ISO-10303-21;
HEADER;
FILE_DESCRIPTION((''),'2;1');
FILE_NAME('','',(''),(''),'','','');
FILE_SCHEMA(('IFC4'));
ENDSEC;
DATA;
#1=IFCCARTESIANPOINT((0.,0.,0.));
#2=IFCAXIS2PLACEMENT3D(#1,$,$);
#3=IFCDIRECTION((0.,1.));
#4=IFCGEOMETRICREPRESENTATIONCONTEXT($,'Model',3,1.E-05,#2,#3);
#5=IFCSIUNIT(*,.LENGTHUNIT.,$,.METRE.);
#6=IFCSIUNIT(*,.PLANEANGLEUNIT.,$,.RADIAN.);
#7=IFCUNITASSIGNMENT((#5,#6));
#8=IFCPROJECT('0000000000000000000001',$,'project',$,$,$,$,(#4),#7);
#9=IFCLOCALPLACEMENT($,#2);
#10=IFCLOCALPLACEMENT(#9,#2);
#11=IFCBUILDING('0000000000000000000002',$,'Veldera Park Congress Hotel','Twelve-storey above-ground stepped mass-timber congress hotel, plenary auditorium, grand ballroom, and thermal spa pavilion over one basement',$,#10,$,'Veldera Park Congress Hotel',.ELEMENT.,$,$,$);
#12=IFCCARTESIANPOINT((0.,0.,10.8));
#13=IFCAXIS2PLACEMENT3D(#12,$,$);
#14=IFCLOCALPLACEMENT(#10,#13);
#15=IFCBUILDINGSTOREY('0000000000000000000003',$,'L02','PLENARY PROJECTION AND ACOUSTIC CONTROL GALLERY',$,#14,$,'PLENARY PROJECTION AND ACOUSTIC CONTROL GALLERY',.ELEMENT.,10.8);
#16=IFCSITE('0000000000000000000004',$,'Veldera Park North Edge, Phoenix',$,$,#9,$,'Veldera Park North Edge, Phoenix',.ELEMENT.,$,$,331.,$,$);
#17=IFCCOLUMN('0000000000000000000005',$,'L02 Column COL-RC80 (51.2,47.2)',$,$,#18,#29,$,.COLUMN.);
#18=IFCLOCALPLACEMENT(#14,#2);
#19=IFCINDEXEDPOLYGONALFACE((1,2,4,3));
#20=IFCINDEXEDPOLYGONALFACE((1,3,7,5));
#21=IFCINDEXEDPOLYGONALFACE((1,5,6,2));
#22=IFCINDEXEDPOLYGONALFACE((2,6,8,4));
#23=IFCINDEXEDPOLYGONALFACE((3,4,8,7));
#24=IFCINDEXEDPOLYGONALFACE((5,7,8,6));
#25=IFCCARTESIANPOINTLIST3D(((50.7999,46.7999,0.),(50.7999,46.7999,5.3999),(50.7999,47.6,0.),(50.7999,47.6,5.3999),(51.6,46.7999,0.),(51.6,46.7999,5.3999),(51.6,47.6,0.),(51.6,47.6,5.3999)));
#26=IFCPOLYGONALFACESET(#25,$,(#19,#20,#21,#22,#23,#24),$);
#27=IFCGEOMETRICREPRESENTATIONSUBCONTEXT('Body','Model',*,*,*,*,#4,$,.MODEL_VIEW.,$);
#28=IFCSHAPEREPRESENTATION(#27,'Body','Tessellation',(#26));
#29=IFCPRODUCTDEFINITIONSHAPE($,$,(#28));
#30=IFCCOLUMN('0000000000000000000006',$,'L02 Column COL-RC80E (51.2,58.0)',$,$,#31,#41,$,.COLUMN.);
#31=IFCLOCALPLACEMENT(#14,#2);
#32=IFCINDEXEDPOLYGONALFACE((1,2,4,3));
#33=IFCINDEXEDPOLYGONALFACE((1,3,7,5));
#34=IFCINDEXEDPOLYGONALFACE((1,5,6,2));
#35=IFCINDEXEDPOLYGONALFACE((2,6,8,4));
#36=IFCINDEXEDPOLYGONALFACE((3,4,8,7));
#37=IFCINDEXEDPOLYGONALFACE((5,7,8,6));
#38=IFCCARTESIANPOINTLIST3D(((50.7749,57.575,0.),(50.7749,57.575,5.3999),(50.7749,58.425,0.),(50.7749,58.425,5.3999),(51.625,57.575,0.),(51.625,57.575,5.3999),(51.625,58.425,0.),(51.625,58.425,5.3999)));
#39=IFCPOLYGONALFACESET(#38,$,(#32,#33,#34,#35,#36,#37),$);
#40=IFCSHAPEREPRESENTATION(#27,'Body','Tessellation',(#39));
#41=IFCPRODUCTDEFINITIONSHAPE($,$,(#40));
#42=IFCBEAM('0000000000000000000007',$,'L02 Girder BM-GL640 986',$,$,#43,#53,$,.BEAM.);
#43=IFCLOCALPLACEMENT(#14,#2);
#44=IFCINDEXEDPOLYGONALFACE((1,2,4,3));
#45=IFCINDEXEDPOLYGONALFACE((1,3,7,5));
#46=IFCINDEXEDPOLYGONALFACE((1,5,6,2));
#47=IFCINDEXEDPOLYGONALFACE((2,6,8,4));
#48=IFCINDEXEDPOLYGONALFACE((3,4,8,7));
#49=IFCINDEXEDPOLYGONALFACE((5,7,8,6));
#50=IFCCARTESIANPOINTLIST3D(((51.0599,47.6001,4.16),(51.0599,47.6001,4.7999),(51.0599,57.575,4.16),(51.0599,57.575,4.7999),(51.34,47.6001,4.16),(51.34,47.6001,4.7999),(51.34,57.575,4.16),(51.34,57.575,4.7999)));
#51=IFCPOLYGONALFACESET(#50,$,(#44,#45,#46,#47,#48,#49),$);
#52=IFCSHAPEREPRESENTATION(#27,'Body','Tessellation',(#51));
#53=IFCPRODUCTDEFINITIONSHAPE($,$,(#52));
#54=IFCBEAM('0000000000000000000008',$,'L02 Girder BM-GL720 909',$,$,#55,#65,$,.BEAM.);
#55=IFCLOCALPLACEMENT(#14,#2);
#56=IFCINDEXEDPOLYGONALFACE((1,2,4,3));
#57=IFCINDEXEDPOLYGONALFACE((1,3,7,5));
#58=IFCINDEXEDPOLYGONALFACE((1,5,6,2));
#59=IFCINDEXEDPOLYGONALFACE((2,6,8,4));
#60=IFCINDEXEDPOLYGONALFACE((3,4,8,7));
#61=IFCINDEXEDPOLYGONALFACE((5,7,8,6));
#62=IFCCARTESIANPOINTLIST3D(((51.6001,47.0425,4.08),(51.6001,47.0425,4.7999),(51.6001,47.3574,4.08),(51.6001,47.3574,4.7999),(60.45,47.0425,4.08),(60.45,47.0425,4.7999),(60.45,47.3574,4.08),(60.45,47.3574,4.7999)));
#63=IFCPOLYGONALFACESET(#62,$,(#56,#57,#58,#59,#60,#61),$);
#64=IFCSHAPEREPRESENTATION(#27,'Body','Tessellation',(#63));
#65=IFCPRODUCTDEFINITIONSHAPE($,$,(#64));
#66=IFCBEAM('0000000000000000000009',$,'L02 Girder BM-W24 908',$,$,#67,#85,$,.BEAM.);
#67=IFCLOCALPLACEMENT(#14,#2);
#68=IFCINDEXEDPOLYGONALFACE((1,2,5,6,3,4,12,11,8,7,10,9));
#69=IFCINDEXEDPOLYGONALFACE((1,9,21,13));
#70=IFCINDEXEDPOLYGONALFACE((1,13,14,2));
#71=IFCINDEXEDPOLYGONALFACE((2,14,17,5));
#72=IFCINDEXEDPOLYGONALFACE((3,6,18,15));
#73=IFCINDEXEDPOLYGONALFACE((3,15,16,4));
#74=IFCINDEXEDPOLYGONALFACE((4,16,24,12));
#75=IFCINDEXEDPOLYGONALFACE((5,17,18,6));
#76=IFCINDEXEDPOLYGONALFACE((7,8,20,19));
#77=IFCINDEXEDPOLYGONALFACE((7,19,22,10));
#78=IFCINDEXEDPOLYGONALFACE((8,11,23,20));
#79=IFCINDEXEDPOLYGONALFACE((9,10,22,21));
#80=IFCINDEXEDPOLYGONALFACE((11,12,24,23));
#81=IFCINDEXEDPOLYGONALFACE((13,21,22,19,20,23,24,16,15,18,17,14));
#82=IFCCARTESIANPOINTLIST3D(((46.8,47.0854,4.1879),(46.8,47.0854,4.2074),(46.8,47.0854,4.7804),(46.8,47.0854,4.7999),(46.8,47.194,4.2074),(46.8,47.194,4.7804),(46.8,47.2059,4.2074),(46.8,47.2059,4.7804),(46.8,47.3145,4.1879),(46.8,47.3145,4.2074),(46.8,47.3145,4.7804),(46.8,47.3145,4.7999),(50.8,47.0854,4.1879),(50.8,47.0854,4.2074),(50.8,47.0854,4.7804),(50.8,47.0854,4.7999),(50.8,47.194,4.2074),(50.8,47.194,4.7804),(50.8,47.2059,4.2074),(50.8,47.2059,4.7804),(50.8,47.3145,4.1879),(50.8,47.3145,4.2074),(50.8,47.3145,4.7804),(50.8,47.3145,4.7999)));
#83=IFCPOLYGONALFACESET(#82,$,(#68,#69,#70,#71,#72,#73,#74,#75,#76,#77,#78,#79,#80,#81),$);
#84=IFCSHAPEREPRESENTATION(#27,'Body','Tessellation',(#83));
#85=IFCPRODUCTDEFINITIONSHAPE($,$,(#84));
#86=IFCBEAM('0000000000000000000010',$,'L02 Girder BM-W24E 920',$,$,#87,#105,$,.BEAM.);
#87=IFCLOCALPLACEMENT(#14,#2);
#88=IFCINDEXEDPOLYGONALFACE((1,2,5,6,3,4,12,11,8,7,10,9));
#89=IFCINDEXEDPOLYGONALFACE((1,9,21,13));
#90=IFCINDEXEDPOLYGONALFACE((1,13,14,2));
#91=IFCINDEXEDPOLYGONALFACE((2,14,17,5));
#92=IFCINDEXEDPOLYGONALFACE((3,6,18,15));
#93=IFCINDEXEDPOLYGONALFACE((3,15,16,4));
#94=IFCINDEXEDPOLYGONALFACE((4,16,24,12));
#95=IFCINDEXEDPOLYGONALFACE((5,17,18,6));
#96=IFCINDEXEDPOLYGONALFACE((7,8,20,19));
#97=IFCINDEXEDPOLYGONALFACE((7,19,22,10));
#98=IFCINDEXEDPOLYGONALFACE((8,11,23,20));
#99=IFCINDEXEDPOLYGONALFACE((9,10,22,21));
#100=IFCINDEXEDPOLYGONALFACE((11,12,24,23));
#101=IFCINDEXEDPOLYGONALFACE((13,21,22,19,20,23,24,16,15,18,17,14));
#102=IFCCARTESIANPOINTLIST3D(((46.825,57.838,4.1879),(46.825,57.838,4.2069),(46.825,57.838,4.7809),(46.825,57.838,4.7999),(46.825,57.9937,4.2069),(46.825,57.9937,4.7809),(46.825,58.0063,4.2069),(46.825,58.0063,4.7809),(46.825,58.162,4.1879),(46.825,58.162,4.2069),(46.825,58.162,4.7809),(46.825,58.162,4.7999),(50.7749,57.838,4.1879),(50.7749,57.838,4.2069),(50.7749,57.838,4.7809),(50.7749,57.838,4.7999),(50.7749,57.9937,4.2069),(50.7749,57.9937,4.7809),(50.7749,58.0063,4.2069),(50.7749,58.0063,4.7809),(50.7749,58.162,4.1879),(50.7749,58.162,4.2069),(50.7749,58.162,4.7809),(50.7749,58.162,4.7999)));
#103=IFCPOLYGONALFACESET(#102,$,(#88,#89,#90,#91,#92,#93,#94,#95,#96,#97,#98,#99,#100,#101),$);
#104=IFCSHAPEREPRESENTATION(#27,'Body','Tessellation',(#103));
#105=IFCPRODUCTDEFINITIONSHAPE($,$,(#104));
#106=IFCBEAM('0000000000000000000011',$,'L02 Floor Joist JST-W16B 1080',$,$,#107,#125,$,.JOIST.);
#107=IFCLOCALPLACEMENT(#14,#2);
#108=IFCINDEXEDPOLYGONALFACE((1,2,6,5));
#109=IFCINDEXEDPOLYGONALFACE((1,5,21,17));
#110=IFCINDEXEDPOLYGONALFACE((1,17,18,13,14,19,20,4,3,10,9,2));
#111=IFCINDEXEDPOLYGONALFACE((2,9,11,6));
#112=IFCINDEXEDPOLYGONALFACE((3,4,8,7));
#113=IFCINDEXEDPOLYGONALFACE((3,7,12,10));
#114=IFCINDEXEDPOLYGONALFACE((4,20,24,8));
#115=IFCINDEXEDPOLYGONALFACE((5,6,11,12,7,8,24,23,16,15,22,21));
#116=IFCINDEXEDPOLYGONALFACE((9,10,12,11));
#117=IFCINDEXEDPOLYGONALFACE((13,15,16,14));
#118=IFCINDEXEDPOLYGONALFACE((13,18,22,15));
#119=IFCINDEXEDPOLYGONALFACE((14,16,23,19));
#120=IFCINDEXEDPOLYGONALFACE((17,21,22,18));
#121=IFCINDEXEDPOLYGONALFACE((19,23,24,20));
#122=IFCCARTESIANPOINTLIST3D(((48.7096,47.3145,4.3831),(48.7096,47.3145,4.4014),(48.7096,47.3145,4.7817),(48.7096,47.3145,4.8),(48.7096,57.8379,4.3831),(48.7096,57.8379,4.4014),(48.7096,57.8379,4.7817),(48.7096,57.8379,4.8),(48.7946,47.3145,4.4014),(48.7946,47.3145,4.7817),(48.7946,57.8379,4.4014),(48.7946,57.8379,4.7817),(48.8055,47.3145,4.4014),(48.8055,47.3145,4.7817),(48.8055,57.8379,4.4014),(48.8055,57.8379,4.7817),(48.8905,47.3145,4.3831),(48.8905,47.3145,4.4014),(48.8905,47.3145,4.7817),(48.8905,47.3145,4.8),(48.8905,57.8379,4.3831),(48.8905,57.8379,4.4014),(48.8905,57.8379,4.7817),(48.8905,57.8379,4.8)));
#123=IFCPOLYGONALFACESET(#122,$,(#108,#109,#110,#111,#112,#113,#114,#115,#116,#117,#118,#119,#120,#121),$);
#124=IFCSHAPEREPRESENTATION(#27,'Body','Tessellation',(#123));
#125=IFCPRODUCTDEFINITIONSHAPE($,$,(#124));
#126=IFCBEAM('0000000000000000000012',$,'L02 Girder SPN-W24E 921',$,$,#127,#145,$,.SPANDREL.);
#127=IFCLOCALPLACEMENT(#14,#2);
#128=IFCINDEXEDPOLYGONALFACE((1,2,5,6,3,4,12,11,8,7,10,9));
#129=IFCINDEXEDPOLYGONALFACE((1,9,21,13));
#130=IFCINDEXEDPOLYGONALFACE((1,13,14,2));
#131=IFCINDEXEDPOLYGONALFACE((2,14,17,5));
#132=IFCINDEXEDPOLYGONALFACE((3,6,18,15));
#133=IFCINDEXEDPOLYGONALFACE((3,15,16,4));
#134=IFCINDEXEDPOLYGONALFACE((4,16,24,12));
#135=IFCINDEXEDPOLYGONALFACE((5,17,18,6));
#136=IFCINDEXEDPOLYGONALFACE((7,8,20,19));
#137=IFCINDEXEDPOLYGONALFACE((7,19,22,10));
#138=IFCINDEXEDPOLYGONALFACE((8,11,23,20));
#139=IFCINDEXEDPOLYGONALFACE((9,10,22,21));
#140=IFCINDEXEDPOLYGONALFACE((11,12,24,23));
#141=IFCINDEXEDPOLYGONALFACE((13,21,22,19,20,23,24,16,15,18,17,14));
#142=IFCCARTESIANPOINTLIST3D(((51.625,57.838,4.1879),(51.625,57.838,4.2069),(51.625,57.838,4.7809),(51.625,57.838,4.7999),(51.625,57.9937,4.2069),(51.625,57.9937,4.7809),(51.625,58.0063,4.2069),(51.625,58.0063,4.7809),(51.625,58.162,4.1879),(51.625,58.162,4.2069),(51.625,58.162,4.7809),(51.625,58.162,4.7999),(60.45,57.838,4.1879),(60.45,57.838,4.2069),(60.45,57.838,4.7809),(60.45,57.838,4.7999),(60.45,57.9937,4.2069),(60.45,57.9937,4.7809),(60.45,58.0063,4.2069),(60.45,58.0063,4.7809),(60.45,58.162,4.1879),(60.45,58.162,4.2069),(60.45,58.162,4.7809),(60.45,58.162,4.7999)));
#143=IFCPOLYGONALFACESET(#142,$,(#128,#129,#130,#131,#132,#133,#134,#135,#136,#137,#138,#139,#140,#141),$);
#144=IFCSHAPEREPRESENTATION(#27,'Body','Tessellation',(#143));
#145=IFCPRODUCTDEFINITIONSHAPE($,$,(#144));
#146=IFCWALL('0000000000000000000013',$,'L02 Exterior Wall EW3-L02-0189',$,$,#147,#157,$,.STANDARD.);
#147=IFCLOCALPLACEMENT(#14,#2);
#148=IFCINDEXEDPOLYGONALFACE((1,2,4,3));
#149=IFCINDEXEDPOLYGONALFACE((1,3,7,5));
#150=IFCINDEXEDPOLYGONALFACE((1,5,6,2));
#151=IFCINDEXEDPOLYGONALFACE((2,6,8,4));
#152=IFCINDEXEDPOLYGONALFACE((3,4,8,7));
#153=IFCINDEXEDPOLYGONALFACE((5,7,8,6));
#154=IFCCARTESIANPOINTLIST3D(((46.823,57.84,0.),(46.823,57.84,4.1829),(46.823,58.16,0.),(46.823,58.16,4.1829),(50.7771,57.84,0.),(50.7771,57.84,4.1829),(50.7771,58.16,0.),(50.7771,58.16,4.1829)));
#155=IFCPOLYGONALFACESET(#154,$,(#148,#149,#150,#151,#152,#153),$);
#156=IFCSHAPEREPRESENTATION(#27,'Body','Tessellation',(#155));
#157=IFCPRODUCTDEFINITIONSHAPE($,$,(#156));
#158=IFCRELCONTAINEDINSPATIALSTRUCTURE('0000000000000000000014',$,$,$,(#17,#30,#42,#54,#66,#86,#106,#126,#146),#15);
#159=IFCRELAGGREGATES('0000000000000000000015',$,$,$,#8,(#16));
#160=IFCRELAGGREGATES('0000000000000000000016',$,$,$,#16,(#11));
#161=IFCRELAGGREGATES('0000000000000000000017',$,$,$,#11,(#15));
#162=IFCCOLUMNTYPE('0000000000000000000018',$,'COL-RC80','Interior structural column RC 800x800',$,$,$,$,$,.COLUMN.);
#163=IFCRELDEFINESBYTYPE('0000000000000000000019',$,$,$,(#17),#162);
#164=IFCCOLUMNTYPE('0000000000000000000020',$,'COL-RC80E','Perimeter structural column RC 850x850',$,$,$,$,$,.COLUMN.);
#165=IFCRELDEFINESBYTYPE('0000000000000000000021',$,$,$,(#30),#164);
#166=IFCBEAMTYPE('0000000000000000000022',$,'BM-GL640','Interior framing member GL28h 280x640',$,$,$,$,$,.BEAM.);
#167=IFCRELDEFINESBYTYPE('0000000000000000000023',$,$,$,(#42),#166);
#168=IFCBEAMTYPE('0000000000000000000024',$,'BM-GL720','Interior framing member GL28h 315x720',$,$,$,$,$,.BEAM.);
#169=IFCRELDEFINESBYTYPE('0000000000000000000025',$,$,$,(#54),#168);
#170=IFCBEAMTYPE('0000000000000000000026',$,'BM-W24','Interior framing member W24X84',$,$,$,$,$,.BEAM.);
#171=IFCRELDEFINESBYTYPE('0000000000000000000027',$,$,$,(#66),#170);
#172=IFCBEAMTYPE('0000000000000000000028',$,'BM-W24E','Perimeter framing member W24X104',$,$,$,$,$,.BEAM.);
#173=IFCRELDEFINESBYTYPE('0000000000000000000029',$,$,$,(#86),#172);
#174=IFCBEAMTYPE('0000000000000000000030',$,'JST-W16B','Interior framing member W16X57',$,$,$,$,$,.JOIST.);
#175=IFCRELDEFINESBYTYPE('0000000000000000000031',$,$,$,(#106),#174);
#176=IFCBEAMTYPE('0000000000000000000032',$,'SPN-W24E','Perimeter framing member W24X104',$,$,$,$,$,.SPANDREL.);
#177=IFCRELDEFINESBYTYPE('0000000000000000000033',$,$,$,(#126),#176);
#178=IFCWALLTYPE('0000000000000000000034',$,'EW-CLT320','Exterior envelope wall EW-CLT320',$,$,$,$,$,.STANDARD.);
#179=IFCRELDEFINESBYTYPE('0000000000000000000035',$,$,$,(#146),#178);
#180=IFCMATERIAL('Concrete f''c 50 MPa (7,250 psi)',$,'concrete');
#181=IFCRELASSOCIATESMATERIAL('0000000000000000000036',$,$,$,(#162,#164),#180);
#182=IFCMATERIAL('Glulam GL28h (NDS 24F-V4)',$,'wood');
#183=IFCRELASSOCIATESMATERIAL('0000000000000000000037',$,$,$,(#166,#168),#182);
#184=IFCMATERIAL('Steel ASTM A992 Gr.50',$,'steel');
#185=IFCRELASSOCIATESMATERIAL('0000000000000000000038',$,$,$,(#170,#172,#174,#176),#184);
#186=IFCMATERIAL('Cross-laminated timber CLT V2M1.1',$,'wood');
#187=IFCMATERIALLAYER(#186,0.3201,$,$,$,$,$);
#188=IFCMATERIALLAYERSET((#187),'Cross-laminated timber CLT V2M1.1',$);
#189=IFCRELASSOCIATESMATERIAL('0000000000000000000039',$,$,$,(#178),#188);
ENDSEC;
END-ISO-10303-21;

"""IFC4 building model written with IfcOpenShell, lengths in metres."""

from ifc_helpers import new_model, si_unit, direction, frame, frame_2d, origin, origin_2d, place, context, subcontext, project, spatial, rectangle, i_section, extrude, material, layer, layer_set, material_profile, profile_set, type_object, element, save


model = new_model("IFC4")

# Units and contexts
model_context = context("Model", 3, precision=1e-05, world=origin(), true_north=direction((0.0, 1.0)))
body_context = subcontext(model_context, "Body", "Model", "MODEL_VIEW")
ifc_project = project(units=[si_unit("LENGTHUNIT", "METRE"), si_unit("PLANEANGLEUNIT", "RADIAN")], contexts=[model_context])

# Site, building, storey
site_placement = place(None, origin())
site = spatial("IfcSite", under=ifc_project, at=site_placement, Name="Veldera Park North Edge, Phoenix", LongName="Veldera Park North Edge, Phoenix", CompositionType="ELEMENT", RefElevation=331.0)
building_placement = place(site_placement, origin())
building = spatial("IfcBuilding", under=site, at=building_placement, Name="Veldera Park Congress Hotel", Description="Twelve-storey above-ground stepped mass-timber congress hotel, plenary auditorium, grand ballroom, and thermal spa pavilion over one basement", LongName="Veldera Park Congress Hotel", CompositionType="ELEMENT")
storey_placement = place(building_placement, frame((0.0, 0.0, 10.8)))
storey = spatial("IfcBuildingStorey", under=building, at=storey_placement, Name="L02", Description="PLENARY PROJECTION AND ACOUSTIC CONTROL GALLERY", LongName="PLENARY PROJECTION AND ACOUSTIC CONTROL GALLERY", CompositionType="ELEMENT", Elevation=10.8)

# Columns
ifc_material_1 = material(Name="Concrete f'c 50 MPa (7,250 psi)", Category="concrete")
ifc_material_profile_1 = material_profile(ifc_material_1, rectangle(XDim=0.8, YDim=0.8, at=origin_2d()), Name="RC 800x800")
ifc_profile_set_1 = profile_set([ifc_material_profile_1], Name="Concrete f'c 50 MPa (7,250 psi)")
column_type_1 = type_object("IfcColumnType", Name="COL-RC80", Description="Interior structural column RC 800x800", PredefinedType="COLUMN", material=ifc_profile_set_1)
column_1_placement = place(storey_placement, frame((51.2, 47.2, 0.0), z_axis=(0.0, 0.0, 1.0), x_axis=(1.0, 0.0, 0.0)))
element("IfcColumn", 1, at=column_1_placement, inside=storey, type_object=column_type_1, Name="L02 Column COL-RC80 (51.2,47.2)", PredefinedType="COLUMN", context=body_context, shape_type="SweptSolid", body=[
    extrude(rectangle(XDim=0.8, YDim=0.8, at=origin_2d()), origin(), (0.0, 0.0, 1.0), 5.3999),
])
ifc_material_profile_2 = material_profile(ifc_material_1, rectangle(XDim=0.8501, YDim=0.8501, at=origin_2d()), Name="RC 850x850")
ifc_profile_set_2 = profile_set([ifc_material_profile_2], Name="Concrete f'c 50 MPa (7,250 psi)")
column_type_2 = type_object("IfcColumnType", Name="COL-RC80E", Description="Perimeter structural column RC 850x850", PredefinedType="COLUMN", material=ifc_profile_set_2)
column_2_placement = place(storey_placement, frame((51.2, 58.0, 0.0), z_axis=(0.0, 0.0, 1.0), x_axis=(1.0, 0.0, 0.0)))
element("IfcColumn", 2, at=column_2_placement, inside=storey, type_object=column_type_2, Name="L02 Column COL-RC80E (51.2,58.0)", PredefinedType="COLUMN", context=body_context, shape_type="SweptSolid", body=[
    extrude(rectangle(XDim=0.8501, YDim=0.8501, at=origin_2d()), origin(), (0.0, 0.0, 1.0), 5.3999),
])

# Beams
ifc_material_2 = material(Name="Glulam GL28h (NDS 24F-V4)", Category="wood")
ifc_material_profile_3 = material_profile(ifc_material_2, rectangle(XDim=0.28, YDim=0.6399, at=origin_2d()), Name="GL28h 280x640")
ifc_profile_set_3 = profile_set([ifc_material_profile_3], Name="Glulam GL28h (NDS 24F-V4)")
beam_type_1 = type_object("IfcBeamType", Name="BM-GL640", Description="Interior framing member GL28h 280x640", PredefinedType="BEAM", material=ifc_profile_set_3)
beam_1_placement = place(storey_placement, frame((51.2, 47.6001, 4.48), z_axis=(0.0, 1.0, 0.0), x_axis=(-1.0, 0.0, 0.0)))
element("IfcBeam", 3, at=beam_1_placement, inside=storey, type_object=beam_type_1, Name="L02 Girder BM-GL640 986", PredefinedType="BEAM", context=body_context, shape_type="SweptSolid", body=[
    extrude(rectangle(XDim=0.28, YDim=0.6399, at=origin_2d()), origin(), (0.0, 0.0, 1.0), 9.9749),
])
ifc_material_profile_4 = material_profile(ifc_material_2, rectangle(XDim=0.3149, YDim=0.72, at=origin_2d()), Name="GL28h 315x720")
ifc_profile_set_4 = profile_set([ifc_material_profile_4], Name="Glulam GL28h (NDS 24F-V4)")
beam_type_2 = type_object("IfcBeamType", Name="BM-GL720", Description="Interior framing member GL28h 315x720", PredefinedType="BEAM", material=ifc_profile_set_4)
beam_2_placement = place(storey_placement, frame((51.6001, 47.2, 4.4399), z_axis=(1.0, 0.0, 0.0), x_axis=(0.0, 1.0, 0.0)))
element("IfcBeam", 4, at=beam_2_placement, inside=storey, type_object=beam_type_2, Name="L02 Girder BM-GL720 909", PredefinedType="BEAM", context=body_context, shape_type="SweptSolid", body=[
    extrude(rectangle(XDim=0.3149, YDim=0.72, at=origin_2d()), origin(), (0.0, 0.0, 1.0), 8.8499),
])
ifc_material_3 = material(Name="Steel ASTM A992 Gr.50", Category="steel")
ifc_material_profile_5 = material_profile(ifc_material_3, i_section(OverallWidth=0.229, OverallDepth=0.6121, WebThickness=0.012, FlangeThickness=0.0195, at=origin_2d()), Name="W24X84")
ifc_profile_set_5 = profile_set([ifc_material_profile_5], Name="Steel ASTM A992 Gr.50")
beam_type_3 = type_object("IfcBeamType", Name="BM-W24", Description="Interior framing member W24X84", PredefinedType="BEAM", material=ifc_profile_set_5)
beam_3_placement = place(storey_placement, frame((46.8, 47.2, 4.4939), z_axis=(1.0, 0.0, 0.0), x_axis=(0.0, 1.0, 0.0)))
element("IfcBeam", 5, at=beam_3_placement, inside=storey, type_object=beam_type_3, Name="L02 Girder BM-W24 908", PredefinedType="BEAM", context=body_context, shape_type="SweptSolid", body=[
    extrude(i_section(OverallWidth=0.229, OverallDepth=0.6121, WebThickness=0.012, FlangeThickness=0.0195, at=origin_2d()), origin(), (0.0, 0.0, 1.0), 4.0),
])
ifc_material_profile_6 = material_profile(ifc_material_3, i_section(OverallWidth=0.324, OverallDepth=0.6121, WebThickness=0.0127, FlangeThickness=0.019, at=origin_2d()), Name="W24X104")
ifc_profile_set_6 = profile_set([ifc_material_profile_6], Name="Steel ASTM A992 Gr.50")
beam_type_4 = type_object("IfcBeamType", Name="BM-W24E", Description="Perimeter framing member W24X104", PredefinedType="BEAM", material=ifc_profile_set_6)
beam_4_placement = place(storey_placement, frame((46.825, 58.0, 4.4939), z_axis=(1.0, 0.0, 0.0), x_axis=(0.0, 1.0, 0.0)))
element("IfcBeam", 6, at=beam_4_placement, inside=storey, type_object=beam_type_4, Name="L02 Girder BM-W24E 920", PredefinedType="BEAM", context=body_context, shape_type="SweptSolid", body=[
    extrude(i_section(OverallWidth=0.324, OverallDepth=0.6121, WebThickness=0.0127, FlangeThickness=0.019, at=origin_2d()), origin(), (0.0, 0.0, 1.0), 3.95),
])
ifc_material_profile_7 = material_profile(ifc_material_3, i_section(OverallWidth=0.1809, OverallDepth=0.417, WebThickness=0.011, FlangeThickness=0.0183, at=origin_2d()), Name="W16X57")
ifc_profile_set_7 = profile_set([ifc_material_profile_7], Name="Steel ASTM A992 Gr.50")
beam_type_5 = type_object("IfcBeamType", Name="JST-W16B", Description="Interior framing member W16X57", PredefinedType="JOIST", material=ifc_profile_set_7)
beam_5_placement = place(storey_placement, frame((48.8, 47.3145, 4.5916), z_axis=(0.0, 1.0, 0.0), x_axis=(-1.0, 0.0, 0.0)))
element("IfcBeam", 7, at=beam_5_placement, inside=storey, type_object=beam_type_5, Name="L02 Floor Joist JST-W16B 1080", PredefinedType="JOIST", context=body_context, shape_type="SweptSolid", body=[
    extrude(i_section(OverallWidth=0.1809, OverallDepth=0.417, WebThickness=0.011, FlangeThickness=0.0183, at=origin_2d()), origin(), (0.0, 0.0, 1.0), 10.5234),
])
ifc_material_profile_8 = material_profile(ifc_material_3, i_section(OverallWidth=0.324, OverallDepth=0.6121, WebThickness=0.0127, FlangeThickness=0.019, at=origin_2d()), Name="W24X104")
ifc_profile_set_8 = profile_set([ifc_material_profile_8], Name="Steel ASTM A992 Gr.50")
beam_type_6 = type_object("IfcBeamType", Name="SPN-W24E", Description="Perimeter framing member W24X104", PredefinedType="SPANDREL", material=ifc_profile_set_8)
beam_6_placement = place(storey_placement, frame((51.625, 58.0, 4.4939), z_axis=(1.0, 0.0, 0.0), x_axis=(0.0, 1.0, 0.0)))
element("IfcBeam", 8, at=beam_6_placement, inside=storey, type_object=beam_type_6, Name="L02 Girder SPN-W24E 921", PredefinedType="SPANDREL", context=body_context, shape_type="SweptSolid", body=[
    extrude(i_section(OverallWidth=0.324, OverallDepth=0.6121, WebThickness=0.0127, FlangeThickness=0.019, at=origin_2d()), origin(), (0.0, 0.0, 1.0), 8.825),
])

# Wall
ifc_material_4 = material(Name="Cross-laminated timber CLT V2M1.1", Category="wood")
ifc_layer_1 = layer(ifc_material_4, 0.3201)
ifc_layer_set_1 = layer_set([ifc_layer_1], Name="Cross-laminated timber CLT V2M1.1")
wall_type_1 = type_object("IfcWallType", Name="EW-CLT320", Description="Exterior envelope wall EW-CLT320", PredefinedType="STANDARD", material=ifc_layer_set_1)
wall_1_placement = place(storey_placement, frame((50.7771, 58.0, 0.0), z_axis=(0.0, 0.0, 1.0), x_axis=(-1.0, 0.0, 0.0)))
element("IfcWall", 9, at=wall_1_placement, inside=storey, type_object=wall_type_1, Name="L02 Exterior Wall EW3-L02-0189", PredefinedType="STANDARD", context=body_context, shape_type="SweptSolid", body=[
    extrude(rectangle(XDim=3.9541, YDim=0.3201, at=frame_2d((1.9771, 0.0))), origin(), (0.0, 0.0, 1.0), 4.1829),
])

save(model, "model.ifc")
